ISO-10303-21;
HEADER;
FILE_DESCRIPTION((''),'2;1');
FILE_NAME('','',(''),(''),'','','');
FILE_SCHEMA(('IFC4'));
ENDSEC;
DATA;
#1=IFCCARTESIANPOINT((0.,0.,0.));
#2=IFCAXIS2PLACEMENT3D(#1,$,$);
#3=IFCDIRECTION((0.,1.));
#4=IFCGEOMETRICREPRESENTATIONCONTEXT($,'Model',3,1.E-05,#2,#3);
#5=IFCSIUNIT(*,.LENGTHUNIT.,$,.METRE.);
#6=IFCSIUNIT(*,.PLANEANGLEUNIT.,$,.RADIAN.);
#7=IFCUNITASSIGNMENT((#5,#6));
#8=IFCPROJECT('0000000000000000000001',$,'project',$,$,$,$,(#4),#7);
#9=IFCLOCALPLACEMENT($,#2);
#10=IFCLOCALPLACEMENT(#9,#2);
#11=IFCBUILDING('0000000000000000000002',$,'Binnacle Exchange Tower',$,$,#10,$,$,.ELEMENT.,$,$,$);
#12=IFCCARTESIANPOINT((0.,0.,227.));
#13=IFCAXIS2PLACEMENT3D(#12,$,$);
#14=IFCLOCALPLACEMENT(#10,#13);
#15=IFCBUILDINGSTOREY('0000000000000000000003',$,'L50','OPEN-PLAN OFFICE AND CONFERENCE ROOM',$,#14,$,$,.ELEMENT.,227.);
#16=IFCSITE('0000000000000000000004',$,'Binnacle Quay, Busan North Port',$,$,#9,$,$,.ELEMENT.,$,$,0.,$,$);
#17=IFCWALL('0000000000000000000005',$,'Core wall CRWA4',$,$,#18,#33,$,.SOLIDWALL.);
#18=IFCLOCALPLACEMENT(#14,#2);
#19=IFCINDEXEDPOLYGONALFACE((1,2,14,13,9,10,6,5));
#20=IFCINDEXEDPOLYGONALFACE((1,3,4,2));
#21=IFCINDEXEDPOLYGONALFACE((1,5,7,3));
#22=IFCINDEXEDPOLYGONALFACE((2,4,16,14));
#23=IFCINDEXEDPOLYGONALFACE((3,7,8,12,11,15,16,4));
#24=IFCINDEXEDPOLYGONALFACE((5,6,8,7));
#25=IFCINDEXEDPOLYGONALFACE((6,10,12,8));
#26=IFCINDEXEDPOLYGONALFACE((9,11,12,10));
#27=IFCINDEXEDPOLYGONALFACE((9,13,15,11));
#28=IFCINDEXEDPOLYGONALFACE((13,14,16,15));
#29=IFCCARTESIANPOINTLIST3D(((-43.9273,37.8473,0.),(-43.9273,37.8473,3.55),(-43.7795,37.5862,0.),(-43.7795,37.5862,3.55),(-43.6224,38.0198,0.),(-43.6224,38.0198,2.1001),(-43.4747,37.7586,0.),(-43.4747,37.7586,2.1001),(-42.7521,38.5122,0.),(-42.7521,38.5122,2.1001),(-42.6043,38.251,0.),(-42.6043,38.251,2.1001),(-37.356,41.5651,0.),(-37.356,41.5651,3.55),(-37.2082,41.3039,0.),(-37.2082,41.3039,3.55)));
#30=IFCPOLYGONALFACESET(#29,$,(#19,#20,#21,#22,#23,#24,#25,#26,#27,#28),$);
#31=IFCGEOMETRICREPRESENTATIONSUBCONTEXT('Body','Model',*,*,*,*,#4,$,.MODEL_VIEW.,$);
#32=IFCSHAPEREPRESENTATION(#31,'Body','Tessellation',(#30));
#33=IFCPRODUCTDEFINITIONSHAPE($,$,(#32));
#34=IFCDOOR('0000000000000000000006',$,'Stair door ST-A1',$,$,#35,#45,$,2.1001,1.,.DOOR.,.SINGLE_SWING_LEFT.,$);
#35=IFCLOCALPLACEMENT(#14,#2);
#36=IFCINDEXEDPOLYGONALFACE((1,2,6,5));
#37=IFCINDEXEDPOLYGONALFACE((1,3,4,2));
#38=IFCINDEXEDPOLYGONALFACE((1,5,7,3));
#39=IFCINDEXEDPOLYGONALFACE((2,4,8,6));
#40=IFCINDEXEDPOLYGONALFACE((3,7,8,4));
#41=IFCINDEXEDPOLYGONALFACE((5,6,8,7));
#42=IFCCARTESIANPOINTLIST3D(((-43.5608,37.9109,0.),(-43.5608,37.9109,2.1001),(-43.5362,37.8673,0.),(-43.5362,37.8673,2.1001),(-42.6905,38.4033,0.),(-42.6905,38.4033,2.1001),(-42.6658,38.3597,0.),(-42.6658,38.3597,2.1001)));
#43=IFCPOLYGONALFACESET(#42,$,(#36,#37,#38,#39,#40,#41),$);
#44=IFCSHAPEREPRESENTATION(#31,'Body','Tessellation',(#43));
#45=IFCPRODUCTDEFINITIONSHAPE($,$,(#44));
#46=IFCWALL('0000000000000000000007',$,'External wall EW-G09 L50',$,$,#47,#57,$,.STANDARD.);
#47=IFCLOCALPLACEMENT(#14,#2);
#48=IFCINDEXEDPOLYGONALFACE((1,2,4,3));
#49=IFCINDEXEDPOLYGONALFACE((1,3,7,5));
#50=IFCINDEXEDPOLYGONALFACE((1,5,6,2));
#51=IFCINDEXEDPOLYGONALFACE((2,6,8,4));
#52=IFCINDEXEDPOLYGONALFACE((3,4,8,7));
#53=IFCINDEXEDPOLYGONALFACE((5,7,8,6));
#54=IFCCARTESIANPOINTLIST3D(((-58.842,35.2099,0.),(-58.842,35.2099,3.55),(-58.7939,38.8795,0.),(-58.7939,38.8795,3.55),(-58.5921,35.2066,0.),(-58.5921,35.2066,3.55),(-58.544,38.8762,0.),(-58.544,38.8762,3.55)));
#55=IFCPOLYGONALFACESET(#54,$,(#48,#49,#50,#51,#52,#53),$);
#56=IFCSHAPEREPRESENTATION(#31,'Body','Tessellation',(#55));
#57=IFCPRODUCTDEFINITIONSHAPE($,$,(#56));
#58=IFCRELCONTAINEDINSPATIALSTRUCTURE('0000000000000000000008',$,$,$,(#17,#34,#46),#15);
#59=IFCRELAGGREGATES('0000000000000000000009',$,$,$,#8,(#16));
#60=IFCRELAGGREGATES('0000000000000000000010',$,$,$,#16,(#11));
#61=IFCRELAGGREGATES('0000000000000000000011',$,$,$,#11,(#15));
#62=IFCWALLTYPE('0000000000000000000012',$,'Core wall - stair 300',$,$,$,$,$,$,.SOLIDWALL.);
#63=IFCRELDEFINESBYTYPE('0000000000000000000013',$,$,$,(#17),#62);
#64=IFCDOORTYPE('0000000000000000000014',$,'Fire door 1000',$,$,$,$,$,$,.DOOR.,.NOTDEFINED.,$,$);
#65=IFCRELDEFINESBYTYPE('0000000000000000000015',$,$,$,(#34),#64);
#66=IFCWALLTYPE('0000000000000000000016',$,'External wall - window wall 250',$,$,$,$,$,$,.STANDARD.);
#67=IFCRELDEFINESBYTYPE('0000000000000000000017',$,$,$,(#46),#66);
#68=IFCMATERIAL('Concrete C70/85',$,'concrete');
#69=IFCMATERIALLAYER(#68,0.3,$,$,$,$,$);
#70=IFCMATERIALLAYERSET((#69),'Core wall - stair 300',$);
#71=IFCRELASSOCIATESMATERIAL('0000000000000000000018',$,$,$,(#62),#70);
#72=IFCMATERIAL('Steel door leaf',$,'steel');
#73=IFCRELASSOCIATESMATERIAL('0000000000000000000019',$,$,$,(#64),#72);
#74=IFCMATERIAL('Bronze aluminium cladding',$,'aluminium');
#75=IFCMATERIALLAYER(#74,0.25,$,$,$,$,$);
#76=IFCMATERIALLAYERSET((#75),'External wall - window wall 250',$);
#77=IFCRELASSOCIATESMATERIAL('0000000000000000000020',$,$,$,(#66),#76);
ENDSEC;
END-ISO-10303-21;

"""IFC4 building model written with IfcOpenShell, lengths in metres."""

from ifc_helpers import new_model, si_unit, direction, frame, frame_2d, origin, place, context, subcontext, project, spatial, rectangle, extrude, material, layer, layer_set, type_object, element, fill, save


model = new_model("IFC4")

# Units and contexts
model_context = context("Model", 3, precision=1e-05, world=origin(), true_north=direction((0.0, 1.0)))
body_context = subcontext(model_context, "Body", "Model", "MODEL_VIEW")
ifc_project = project(units=[si_unit("LENGTHUNIT", "METRE"), si_unit("PLANEANGLEUNIT", "RADIAN")], contexts=[model_context])

# Site, building, storey
site_placement = place(None, origin())
site = spatial("IfcSite", under=ifc_project, at=site_placement, Name="Binnacle Quay, Busan North Port", CompositionType="ELEMENT", RefElevation=0.0)
building_placement = place(site_placement, origin())
building = spatial("IfcBuilding", under=site, at=building_placement, Name="Binnacle Exchange Tower", CompositionType="ELEMENT")
storey_placement = place(building_placement, frame((0.0, 0.0, 227.0)))
storey = spatial("IfcBuildingStorey", under=building, at=storey_placement, Name="L50", Description="OPEN-PLAN OFFICE AND CONFERENCE ROOM", CompositionType="ELEMENT", Elevation=227.0)

# Shared definitions
ifc_material_1 = material(Name="Concrete C70/85", Category="concrete")
ifc_material_2 = material(Name="Steel door leaf", Category="steel")

# Wall, opening, door
ifc_layer_1 = layer(ifc_material_1, 0.3)
ifc_layer_set_1 = layer_set([ifc_layer_1], Name="Core wall - stair 300")
wall_type_1 = type_object("IfcWallType", Name="Core wall - stair 300", PredefinedType="SOLIDWALL", material=ifc_layer_set_1)
wall_1_placement = place(storey_placement, frame((-43.8533, 37.7168, 0.0), z_axis=(0.0, 0.0, 1.0), x_axis=(0.87036, 0.492415, 0.0)))
wall_1 = element("IfcWall", 1, at=wall_1_placement, inside=storey, type_object=wall_type_1, Name="Core wall CRWA4", PredefinedType="SOLIDWALL", context=body_context, shape_type="SweptSolid", body=[
    extrude(rectangle(XDim=7.55, YDim=0.3, at=frame_2d((3.7749, 0.0))), origin(), (0.0, 0.0, 1.0), 3.55),
])
opening_1_placement = place(wall_1_placement, frame((0.3501, 0.0, 0.0)))
opening_1 = element("IfcOpeningElement", 2, at=opening_1_placement, cuts=wall_1, PredefinedType="OPENING", context=body_context, shape_type="SweptSolid", body=[
    extrude(rectangle(XDim=1.0, YDim=2.1001, at=frame_2d((0.5, 1.05))), frame((0.0, 0.1599, 0.0), z_axis=(0.0, -1.0, 0.0), x_axis=(1.0, 0.0, 0.0)), (0.0, 0.0, 1.0), 0.3201),
])
door_type_1 = type_object("IfcDoorType", Name="Fire door 1000", OperationType="NOTDEFINED", PredefinedType="DOOR", material=ifc_material_2)
door_1_placement = place(opening_1_placement, origin())
door_1 = element("IfcDoor", 3, at=door_1_placement, inside=storey, type_object=door_type_1, Name="Stair door ST-A1", OperationType="SINGLE_SWING_LEFT", OverallHeight=2.1001, OverallWidth=1.0, PredefinedType="DOOR", context=body_context, shape_type="SweptSolid", body=[
    extrude(rectangle(XDim=1.0, YDim=2.1001, at=frame_2d((0.5, 1.05))), frame((0.0, 0.0249, 0.0), z_axis=(0.0, -1.0, 0.0), x_axis=(1.0, 0.0, 0.0)), (0.0, 0.0, 1.0), 0.05),
])
fill(opening_1, door_1)

# Wall
ifc_material_3 = material(Name="Bronze aluminium cladding", Category="aluminium")
ifc_layer_2 = layer(ifc_material_3, 0.25)
ifc_layer_set_2 = layer_set([ifc_layer_2], Name="External wall - window wall 250")
wall_type_2 = type_object("IfcWallType", Name="External wall - window wall 250", PredefinedType="STANDARD", material=ifc_layer_set_2)
wall_2_placement = place(storey_placement, frame((-58.717, 35.2083, 0.0), z_axis=(0.0, 0.0, 1.0), x_axis=(0.013105, 0.999914, 0.0)))
element("IfcWall", 4, at=wall_2_placement, inside=storey, type_object=wall_type_2, Name="External wall EW-G09 L50", PredefinedType="STANDARD", context=body_context, shape_type="SweptSolid", body=[
    extrude(rectangle(XDim=3.6699, YDim=0.25, at=frame_2d((1.835, 0.0))), origin(), (0.0, 0.0, 1.0), 3.55),
])

save(model, "model.ifc")
